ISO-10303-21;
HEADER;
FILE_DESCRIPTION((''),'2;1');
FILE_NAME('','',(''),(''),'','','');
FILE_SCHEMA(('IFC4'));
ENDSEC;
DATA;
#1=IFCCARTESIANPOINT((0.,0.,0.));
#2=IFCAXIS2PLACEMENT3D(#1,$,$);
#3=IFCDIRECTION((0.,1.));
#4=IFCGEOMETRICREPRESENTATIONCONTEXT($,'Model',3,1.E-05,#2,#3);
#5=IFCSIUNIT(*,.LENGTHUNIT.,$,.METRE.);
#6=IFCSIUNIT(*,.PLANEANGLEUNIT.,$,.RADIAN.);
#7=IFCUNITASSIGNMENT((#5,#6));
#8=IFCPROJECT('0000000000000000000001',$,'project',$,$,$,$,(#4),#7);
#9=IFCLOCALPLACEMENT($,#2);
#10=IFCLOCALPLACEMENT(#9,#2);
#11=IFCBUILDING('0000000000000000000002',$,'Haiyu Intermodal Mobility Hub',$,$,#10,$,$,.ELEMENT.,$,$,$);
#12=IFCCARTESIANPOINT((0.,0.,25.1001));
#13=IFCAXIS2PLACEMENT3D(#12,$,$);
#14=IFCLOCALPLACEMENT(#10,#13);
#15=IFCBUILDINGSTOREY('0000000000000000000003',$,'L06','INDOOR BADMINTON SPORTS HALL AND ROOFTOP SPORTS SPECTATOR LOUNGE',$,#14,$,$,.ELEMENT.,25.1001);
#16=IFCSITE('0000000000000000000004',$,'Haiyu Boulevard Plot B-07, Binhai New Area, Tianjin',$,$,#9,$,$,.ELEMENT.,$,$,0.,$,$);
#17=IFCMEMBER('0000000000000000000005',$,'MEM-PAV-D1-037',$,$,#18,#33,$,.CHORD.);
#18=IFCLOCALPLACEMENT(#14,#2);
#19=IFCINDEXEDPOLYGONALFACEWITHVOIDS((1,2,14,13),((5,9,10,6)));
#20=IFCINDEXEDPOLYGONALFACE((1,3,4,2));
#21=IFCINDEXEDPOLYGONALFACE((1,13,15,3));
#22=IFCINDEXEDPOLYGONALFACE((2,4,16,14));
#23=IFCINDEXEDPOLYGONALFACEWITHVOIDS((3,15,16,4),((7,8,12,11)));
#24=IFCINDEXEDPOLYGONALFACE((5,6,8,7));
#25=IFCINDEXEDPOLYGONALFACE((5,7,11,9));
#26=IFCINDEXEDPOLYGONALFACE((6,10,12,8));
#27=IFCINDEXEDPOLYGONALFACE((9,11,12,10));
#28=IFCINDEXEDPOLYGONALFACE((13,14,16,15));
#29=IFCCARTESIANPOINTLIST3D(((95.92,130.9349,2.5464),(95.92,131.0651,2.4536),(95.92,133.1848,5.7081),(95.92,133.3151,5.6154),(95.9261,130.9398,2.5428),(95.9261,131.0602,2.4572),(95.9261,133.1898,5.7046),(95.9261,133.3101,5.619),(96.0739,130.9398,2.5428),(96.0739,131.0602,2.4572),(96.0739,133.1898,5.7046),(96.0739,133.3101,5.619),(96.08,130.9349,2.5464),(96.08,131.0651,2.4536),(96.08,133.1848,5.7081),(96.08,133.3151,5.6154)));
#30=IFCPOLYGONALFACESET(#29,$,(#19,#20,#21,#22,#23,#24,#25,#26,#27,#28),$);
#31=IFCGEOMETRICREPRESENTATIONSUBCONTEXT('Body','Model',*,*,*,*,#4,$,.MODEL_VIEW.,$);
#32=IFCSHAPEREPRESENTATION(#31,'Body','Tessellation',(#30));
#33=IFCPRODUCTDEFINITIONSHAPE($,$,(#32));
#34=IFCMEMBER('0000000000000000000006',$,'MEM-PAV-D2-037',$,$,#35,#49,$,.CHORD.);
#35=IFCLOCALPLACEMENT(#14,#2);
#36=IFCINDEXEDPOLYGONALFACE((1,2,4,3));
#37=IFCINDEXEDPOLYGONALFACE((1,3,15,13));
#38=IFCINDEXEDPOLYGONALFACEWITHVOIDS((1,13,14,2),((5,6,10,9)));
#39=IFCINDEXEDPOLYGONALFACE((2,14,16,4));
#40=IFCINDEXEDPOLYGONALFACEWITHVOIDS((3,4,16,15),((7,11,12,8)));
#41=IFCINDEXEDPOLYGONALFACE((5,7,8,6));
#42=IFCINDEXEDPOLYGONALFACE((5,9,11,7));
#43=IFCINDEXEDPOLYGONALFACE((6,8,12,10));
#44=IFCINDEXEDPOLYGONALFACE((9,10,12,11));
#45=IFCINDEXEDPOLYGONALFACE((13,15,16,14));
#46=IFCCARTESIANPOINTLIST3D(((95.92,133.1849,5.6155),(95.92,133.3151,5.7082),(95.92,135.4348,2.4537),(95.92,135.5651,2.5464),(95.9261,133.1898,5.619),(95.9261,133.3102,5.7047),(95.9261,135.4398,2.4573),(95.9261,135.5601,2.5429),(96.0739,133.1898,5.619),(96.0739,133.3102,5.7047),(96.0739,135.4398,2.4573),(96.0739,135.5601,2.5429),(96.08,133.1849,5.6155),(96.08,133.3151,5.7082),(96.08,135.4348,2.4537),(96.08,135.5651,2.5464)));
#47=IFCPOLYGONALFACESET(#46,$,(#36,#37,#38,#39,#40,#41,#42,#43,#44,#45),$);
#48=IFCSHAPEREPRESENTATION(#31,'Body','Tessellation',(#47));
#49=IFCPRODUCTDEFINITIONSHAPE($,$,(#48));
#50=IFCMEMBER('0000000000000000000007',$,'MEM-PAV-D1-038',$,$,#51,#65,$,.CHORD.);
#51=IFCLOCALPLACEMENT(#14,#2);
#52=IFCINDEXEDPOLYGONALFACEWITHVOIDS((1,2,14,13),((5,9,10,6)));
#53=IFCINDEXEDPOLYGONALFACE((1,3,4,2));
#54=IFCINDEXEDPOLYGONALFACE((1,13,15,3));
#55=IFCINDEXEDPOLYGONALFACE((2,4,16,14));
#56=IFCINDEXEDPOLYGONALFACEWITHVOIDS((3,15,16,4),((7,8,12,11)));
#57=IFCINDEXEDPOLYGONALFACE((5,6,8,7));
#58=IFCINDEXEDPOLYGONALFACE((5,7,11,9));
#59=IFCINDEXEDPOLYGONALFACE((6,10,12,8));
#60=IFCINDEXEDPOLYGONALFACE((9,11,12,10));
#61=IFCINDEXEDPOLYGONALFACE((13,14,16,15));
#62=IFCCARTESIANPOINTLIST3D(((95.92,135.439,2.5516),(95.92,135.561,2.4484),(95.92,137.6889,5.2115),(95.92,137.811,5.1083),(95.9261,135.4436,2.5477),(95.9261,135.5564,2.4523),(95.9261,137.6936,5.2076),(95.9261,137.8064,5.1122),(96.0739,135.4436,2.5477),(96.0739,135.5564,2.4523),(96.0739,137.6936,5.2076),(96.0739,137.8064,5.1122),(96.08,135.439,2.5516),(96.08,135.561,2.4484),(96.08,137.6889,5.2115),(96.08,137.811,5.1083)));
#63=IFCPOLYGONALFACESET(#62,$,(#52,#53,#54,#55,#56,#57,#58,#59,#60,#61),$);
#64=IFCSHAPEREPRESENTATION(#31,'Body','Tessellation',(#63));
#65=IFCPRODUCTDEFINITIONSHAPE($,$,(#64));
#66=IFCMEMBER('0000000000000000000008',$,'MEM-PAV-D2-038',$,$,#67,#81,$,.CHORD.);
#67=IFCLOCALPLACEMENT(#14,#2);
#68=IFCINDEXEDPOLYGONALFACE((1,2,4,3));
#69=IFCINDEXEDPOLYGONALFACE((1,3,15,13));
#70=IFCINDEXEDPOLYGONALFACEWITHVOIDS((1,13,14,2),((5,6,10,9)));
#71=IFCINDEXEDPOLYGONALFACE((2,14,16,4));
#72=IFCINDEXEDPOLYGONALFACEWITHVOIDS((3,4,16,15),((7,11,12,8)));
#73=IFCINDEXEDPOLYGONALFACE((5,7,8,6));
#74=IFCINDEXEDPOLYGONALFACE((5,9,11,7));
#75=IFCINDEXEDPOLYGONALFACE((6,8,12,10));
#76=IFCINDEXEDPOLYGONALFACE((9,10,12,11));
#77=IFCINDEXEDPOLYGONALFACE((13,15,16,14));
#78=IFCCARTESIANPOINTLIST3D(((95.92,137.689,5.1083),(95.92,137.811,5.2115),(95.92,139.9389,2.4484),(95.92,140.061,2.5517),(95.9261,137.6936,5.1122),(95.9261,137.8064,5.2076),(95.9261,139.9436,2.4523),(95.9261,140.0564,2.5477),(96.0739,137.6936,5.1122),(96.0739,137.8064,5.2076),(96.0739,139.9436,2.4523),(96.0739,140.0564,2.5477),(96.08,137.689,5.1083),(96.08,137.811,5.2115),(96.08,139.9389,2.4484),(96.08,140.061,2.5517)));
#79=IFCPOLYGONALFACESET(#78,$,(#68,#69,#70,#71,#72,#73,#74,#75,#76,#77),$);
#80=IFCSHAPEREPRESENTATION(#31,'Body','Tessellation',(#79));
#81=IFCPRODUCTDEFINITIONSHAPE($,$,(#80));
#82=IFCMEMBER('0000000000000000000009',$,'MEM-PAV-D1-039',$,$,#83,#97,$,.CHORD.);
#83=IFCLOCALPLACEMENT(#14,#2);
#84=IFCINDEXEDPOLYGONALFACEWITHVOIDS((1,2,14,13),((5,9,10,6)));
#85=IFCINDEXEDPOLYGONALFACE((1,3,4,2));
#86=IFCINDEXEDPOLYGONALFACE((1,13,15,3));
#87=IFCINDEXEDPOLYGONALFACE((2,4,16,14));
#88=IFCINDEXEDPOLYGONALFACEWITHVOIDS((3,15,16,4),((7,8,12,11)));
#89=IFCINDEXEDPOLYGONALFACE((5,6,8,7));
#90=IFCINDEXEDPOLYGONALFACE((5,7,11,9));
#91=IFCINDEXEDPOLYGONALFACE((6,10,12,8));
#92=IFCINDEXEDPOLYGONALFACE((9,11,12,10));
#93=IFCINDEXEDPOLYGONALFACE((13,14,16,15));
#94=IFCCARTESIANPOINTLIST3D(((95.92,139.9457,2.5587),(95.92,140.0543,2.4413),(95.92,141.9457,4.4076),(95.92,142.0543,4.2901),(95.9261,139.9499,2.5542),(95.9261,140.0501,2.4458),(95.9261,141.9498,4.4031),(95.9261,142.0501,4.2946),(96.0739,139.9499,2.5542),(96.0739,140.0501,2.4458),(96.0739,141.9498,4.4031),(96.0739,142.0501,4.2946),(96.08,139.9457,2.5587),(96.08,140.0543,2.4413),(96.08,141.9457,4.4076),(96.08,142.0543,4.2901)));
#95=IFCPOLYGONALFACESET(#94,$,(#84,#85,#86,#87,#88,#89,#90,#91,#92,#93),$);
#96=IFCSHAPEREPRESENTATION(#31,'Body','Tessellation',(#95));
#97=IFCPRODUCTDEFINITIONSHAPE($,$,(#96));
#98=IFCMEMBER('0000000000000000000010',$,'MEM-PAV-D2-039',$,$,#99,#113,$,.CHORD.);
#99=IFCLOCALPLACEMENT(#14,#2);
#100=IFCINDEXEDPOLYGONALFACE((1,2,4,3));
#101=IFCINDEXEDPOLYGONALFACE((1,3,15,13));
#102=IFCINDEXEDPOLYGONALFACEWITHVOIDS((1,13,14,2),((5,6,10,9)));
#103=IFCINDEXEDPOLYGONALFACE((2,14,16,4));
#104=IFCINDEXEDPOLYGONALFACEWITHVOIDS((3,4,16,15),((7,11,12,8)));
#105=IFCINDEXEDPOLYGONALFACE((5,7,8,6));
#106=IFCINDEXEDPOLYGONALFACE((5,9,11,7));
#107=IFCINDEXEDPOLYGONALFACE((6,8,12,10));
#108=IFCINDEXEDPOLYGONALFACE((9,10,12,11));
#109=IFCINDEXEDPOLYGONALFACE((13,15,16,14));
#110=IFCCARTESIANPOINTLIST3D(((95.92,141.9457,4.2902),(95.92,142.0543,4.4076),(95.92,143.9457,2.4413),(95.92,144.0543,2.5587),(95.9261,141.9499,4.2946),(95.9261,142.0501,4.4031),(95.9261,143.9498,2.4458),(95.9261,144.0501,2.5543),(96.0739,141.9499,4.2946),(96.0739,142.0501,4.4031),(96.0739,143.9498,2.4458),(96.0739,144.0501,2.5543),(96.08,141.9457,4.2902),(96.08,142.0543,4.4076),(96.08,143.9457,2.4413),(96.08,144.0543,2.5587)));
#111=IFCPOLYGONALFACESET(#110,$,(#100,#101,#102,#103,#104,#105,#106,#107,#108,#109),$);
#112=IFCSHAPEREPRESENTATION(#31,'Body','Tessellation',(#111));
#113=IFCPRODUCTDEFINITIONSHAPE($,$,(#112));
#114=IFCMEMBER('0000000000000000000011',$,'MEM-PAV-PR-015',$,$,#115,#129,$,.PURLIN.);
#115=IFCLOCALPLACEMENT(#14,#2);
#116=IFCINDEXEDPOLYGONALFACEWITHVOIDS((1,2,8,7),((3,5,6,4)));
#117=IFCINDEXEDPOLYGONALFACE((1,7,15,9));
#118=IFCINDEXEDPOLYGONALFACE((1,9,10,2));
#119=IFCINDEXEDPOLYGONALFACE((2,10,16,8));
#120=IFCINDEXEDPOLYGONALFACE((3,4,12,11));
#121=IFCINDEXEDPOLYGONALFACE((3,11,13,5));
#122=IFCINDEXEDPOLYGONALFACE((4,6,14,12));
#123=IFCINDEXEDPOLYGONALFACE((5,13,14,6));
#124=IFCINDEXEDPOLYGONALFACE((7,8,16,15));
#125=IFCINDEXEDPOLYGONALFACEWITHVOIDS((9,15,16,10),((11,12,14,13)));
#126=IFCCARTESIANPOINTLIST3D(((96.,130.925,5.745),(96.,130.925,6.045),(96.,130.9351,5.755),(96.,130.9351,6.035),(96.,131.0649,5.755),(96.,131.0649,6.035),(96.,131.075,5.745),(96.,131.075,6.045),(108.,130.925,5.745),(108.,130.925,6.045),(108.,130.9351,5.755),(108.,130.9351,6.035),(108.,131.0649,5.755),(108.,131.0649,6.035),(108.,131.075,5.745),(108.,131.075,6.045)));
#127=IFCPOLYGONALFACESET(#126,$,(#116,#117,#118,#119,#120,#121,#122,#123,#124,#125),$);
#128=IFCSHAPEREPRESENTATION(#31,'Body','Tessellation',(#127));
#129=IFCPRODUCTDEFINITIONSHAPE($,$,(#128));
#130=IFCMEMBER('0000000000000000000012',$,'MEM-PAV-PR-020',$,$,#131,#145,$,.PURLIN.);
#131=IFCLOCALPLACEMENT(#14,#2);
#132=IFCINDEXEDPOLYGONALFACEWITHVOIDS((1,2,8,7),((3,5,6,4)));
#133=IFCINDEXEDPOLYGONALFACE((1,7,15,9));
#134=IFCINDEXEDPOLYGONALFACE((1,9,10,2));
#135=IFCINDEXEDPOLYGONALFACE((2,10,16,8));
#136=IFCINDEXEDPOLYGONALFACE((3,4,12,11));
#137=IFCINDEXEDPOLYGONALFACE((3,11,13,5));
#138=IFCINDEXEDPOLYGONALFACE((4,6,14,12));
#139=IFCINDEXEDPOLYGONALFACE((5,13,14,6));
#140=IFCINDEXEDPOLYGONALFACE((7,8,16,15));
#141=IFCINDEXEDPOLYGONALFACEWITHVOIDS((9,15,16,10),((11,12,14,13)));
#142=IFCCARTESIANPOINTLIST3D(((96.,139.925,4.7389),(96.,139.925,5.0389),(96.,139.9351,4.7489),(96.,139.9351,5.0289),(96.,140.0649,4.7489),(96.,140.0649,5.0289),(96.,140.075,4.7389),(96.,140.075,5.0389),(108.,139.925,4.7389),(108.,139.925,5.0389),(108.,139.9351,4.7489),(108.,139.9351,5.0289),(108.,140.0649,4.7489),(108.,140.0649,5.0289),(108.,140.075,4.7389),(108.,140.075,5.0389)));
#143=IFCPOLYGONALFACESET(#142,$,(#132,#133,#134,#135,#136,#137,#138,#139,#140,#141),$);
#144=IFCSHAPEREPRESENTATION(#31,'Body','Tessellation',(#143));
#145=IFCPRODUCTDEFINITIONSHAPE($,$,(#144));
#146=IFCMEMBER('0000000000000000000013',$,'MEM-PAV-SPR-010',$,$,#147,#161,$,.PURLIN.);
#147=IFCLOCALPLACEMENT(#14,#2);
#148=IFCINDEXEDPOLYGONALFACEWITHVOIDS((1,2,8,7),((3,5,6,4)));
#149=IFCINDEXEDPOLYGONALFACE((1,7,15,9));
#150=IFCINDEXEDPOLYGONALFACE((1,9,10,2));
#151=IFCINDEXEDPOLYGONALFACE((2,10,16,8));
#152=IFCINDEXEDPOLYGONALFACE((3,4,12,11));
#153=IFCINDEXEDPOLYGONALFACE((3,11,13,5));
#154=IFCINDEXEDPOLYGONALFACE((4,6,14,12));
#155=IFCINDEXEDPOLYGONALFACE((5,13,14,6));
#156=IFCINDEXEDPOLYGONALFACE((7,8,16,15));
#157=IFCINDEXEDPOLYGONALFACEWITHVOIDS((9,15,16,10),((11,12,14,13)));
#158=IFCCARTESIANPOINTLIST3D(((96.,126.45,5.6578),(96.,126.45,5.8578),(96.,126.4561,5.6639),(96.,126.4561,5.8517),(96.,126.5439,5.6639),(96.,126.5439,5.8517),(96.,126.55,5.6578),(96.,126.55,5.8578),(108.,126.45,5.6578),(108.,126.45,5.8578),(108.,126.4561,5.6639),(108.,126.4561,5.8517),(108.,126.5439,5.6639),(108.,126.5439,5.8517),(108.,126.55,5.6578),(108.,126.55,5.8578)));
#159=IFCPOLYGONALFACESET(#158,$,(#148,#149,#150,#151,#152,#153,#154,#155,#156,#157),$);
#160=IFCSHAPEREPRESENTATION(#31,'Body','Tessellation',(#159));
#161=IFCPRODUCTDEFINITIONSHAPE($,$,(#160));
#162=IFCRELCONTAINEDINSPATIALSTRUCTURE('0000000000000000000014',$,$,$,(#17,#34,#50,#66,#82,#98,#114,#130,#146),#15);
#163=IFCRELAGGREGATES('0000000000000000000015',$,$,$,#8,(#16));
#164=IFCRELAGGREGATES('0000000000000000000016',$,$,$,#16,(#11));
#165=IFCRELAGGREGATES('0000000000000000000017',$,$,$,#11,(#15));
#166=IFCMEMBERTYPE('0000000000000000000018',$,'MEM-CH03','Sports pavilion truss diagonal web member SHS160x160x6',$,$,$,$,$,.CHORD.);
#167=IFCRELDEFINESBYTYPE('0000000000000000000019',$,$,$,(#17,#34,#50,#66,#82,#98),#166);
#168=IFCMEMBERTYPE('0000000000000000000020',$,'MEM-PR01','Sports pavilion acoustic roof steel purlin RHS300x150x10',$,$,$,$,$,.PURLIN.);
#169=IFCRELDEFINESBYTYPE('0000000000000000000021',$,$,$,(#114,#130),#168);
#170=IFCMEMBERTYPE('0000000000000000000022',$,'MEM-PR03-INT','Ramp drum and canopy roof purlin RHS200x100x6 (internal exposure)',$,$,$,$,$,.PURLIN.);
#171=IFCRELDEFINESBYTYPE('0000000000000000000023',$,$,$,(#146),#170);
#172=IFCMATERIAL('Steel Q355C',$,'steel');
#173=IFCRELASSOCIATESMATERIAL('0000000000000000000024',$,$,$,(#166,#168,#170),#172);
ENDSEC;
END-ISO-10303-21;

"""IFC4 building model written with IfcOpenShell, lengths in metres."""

from ifc_helpers import new_model, si_unit, direction, frame, origin, origin_2d, place, context, subcontext, project, spatial, hollow_rectangle, extrude, material, material_profile, profile_set, type_object, element, save


model = new_model("IFC4")

# Units and contexts
model_context = context("Model", 3, precision=1e-05, world=origin(), true_north=direction((0.0, 1.0)))
body_context = subcontext(model_context, "Body", "Model", "MODEL_VIEW")
ifc_project = project(units=[si_unit("LENGTHUNIT", "METRE"), si_unit("PLANEANGLEUNIT", "RADIAN")], contexts=[model_context])

# Site, building, storey
site_placement = place(None, origin())
site = spatial("IfcSite", under=ifc_project, at=site_placement, Name="Haiyu Boulevard Plot B-07, Binhai New Area, Tianjin", CompositionType="ELEMENT", RefElevation=0.0)
building_placement = place(site_placement, origin())
building = spatial("IfcBuilding", under=site, at=building_placement, Name="Haiyu Intermodal Mobility Hub", CompositionType="ELEMENT")
storey_placement = place(building_placement, frame((0.0, 0.0, 25.1001)))
storey = spatial("IfcBuildingStorey", under=building, at=storey_placement, Name="L06", Description="INDOOR BADMINTON SPORTS HALL AND ROOFTOP SPORTS SPECTATOR LOUNGE", CompositionType="ELEMENT", Elevation=25.1001)

# Members
ifc_material_1 = material(Name="Steel Q355C", Category="steel")
ifc_material_profile_1 = material_profile(ifc_material_1, hollow_rectangle(XDim=0.1599, YDim=0.1599, WallThickness=0.0061, at=origin_2d()), Name="SHS160x160x6")
ifc_profile_set_1 = profile_set([ifc_material_profile_1], Name="Steel Q355C")
member_type_1 = type_object("IfcMemberType", Name="MEM-CH03", Description="Sports pavilion truss diagonal web member SHS160x160x6", PredefinedType="CHORD", material=ifc_profile_set_1)
for number, where, z_axis, x_axis, name in (
    (1, (96.0, 131.0, 2.5), (0.0, 0.579791, 0.814765), (-1.0, 0.0, 0.0), "MEM-PAV-D1-037"),
    (2, (96.0, 133.25, 5.6619), (0.0, 0.579791, -0.814765), (-1.0, 0.0, 0.0), "MEM-PAV-D2-037"),
):
    element("IfcMember", number, at=place(storey_placement, frame(where, z_axis=z_axis, x_axis=x_axis)), inside=storey, type_object=member_type_1, Name=name, PredefinedType="CHORD", context=body_context, shape_type="SweptSolid", body=[
        extrude(hollow_rectangle(XDim=0.1599, YDim=0.1599, WallThickness=0.0061, at=origin_2d()), origin(), (0.0, 0.0, 1.0), 3.8806),
    ])
for number, where, z_axis, x_axis, name in (
    (3, (96.0, 135.5, 2.5), (0.0, 0.645826, 0.763485), (-1.0, 0.0, 0.0), "MEM-PAV-D1-038"),
    (4, (96.0, 137.75, 5.1599), (0.0, 0.645826, -0.763485), (-1.0, 0.0, 0.0), "MEM-PAV-D2-038"),
):
    element("IfcMember", number, at=place(storey_placement, frame(where, z_axis=z_axis, x_axis=x_axis)), inside=storey, type_object=member_type_1, Name=name, PredefinedType="CHORD", context=body_context, shape_type="SweptSolid", body=[
        extrude(hollow_rectangle(XDim=0.1599, YDim=0.1599, WallThickness=0.0061, at=origin_2d()), origin(), (0.0, 0.0, 1.0), 3.4839),
    ])
for number, where, z_axis, x_axis, name in (
    (5, (96.0, 140.0, 2.5), (0.0, 0.734305, 0.67882), (-1.0, 0.0, 0.0), "MEM-PAV-D1-039"),
    (6, (96.0, 142.0, 4.3489), (0.0, 0.734305, -0.67882), (-1.0, 0.0, 0.0), "MEM-PAV-D2-039"),
):
    element("IfcMember", number, at=place(storey_placement, frame(where, z_axis=z_axis, x_axis=x_axis)), inside=storey, type_object=member_type_1, Name=name, PredefinedType="CHORD", context=body_context, shape_type="SweptSolid", body=[
        extrude(hollow_rectangle(XDim=0.1599, YDim=0.1599, WallThickness=0.0061, at=origin_2d()), origin(), (0.0, 0.0, 1.0), 2.7236),
    ])
ifc_material_profile_2 = material_profile(ifc_material_1, hollow_rectangle(XDim=0.1499, YDim=0.3, WallThickness=0.01, at=origin_2d()), Name="RHS300x150x10")
ifc_profile_set_2 = profile_set([ifc_material_profile_2], Name="Steel Q355C")
member_type_2 = type_object("IfcMemberType", Name="MEM-PR01", Description="Sports pavilion acoustic roof steel purlin RHS300x150x10", PredefinedType="PURLIN", material=ifc_profile_set_2)
for number, where, z_axis, x_axis, name in (
    (7, (96.0, 131.0, 5.895), (1.0, 0.0, 0.0), (0.0, 1.0, 0.0), "MEM-PAV-PR-015"),
    (8, (96.0, 140.0, 4.8889), (1.0, 0.0, 0.0), (0.0, 1.0, 0.0), "MEM-PAV-PR-020"),
):
    element("IfcMember", number, at=place(storey_placement, frame(where, z_axis=z_axis, x_axis=x_axis)), inside=storey, type_object=member_type_2, Name=name, PredefinedType="PURLIN", context=body_context, shape_type="SweptSolid", body=[
        extrude(hollow_rectangle(XDim=0.1499, YDim=0.3, WallThickness=0.01, at=origin_2d()), origin(), (0.0, 0.0, 1.0), 12.0),
    ])
ifc_material_profile_3 = material_profile(ifc_material_1, hollow_rectangle(XDim=0.1001, YDim=0.2, WallThickness=0.0061, at=origin_2d()), Name="RHS200x100x6")
ifc_profile_set_3 = profile_set([ifc_material_profile_3], Name="Steel Q355C")
member_type_3 = type_object("IfcMemberType", Name="MEM-PR03-INT", Description="Ramp drum and canopy roof purlin RHS200x100x6 (internal exposure)", PredefinedType="PURLIN", material=ifc_profile_set_3)
member_1_placement = place(storey_placement, frame((96.0, 126.5, 5.7578), z_axis=(1.0, 0.0, 0.0), x_axis=(0.0, 1.0, 0.0)))
element("IfcMember", 9, at=member_1_placement, inside=storey, type_object=member_type_3, Name="MEM-PAV-SPR-010", PredefinedType="PURLIN", context=body_context, shape_type="SweptSolid", body=[
    extrude(hollow_rectangle(XDim=0.1001, YDim=0.2, WallThickness=0.0061, at=origin_2d()), origin(), (0.0, 0.0, 1.0), 12.0),
])

save(model, "model.ifc")
